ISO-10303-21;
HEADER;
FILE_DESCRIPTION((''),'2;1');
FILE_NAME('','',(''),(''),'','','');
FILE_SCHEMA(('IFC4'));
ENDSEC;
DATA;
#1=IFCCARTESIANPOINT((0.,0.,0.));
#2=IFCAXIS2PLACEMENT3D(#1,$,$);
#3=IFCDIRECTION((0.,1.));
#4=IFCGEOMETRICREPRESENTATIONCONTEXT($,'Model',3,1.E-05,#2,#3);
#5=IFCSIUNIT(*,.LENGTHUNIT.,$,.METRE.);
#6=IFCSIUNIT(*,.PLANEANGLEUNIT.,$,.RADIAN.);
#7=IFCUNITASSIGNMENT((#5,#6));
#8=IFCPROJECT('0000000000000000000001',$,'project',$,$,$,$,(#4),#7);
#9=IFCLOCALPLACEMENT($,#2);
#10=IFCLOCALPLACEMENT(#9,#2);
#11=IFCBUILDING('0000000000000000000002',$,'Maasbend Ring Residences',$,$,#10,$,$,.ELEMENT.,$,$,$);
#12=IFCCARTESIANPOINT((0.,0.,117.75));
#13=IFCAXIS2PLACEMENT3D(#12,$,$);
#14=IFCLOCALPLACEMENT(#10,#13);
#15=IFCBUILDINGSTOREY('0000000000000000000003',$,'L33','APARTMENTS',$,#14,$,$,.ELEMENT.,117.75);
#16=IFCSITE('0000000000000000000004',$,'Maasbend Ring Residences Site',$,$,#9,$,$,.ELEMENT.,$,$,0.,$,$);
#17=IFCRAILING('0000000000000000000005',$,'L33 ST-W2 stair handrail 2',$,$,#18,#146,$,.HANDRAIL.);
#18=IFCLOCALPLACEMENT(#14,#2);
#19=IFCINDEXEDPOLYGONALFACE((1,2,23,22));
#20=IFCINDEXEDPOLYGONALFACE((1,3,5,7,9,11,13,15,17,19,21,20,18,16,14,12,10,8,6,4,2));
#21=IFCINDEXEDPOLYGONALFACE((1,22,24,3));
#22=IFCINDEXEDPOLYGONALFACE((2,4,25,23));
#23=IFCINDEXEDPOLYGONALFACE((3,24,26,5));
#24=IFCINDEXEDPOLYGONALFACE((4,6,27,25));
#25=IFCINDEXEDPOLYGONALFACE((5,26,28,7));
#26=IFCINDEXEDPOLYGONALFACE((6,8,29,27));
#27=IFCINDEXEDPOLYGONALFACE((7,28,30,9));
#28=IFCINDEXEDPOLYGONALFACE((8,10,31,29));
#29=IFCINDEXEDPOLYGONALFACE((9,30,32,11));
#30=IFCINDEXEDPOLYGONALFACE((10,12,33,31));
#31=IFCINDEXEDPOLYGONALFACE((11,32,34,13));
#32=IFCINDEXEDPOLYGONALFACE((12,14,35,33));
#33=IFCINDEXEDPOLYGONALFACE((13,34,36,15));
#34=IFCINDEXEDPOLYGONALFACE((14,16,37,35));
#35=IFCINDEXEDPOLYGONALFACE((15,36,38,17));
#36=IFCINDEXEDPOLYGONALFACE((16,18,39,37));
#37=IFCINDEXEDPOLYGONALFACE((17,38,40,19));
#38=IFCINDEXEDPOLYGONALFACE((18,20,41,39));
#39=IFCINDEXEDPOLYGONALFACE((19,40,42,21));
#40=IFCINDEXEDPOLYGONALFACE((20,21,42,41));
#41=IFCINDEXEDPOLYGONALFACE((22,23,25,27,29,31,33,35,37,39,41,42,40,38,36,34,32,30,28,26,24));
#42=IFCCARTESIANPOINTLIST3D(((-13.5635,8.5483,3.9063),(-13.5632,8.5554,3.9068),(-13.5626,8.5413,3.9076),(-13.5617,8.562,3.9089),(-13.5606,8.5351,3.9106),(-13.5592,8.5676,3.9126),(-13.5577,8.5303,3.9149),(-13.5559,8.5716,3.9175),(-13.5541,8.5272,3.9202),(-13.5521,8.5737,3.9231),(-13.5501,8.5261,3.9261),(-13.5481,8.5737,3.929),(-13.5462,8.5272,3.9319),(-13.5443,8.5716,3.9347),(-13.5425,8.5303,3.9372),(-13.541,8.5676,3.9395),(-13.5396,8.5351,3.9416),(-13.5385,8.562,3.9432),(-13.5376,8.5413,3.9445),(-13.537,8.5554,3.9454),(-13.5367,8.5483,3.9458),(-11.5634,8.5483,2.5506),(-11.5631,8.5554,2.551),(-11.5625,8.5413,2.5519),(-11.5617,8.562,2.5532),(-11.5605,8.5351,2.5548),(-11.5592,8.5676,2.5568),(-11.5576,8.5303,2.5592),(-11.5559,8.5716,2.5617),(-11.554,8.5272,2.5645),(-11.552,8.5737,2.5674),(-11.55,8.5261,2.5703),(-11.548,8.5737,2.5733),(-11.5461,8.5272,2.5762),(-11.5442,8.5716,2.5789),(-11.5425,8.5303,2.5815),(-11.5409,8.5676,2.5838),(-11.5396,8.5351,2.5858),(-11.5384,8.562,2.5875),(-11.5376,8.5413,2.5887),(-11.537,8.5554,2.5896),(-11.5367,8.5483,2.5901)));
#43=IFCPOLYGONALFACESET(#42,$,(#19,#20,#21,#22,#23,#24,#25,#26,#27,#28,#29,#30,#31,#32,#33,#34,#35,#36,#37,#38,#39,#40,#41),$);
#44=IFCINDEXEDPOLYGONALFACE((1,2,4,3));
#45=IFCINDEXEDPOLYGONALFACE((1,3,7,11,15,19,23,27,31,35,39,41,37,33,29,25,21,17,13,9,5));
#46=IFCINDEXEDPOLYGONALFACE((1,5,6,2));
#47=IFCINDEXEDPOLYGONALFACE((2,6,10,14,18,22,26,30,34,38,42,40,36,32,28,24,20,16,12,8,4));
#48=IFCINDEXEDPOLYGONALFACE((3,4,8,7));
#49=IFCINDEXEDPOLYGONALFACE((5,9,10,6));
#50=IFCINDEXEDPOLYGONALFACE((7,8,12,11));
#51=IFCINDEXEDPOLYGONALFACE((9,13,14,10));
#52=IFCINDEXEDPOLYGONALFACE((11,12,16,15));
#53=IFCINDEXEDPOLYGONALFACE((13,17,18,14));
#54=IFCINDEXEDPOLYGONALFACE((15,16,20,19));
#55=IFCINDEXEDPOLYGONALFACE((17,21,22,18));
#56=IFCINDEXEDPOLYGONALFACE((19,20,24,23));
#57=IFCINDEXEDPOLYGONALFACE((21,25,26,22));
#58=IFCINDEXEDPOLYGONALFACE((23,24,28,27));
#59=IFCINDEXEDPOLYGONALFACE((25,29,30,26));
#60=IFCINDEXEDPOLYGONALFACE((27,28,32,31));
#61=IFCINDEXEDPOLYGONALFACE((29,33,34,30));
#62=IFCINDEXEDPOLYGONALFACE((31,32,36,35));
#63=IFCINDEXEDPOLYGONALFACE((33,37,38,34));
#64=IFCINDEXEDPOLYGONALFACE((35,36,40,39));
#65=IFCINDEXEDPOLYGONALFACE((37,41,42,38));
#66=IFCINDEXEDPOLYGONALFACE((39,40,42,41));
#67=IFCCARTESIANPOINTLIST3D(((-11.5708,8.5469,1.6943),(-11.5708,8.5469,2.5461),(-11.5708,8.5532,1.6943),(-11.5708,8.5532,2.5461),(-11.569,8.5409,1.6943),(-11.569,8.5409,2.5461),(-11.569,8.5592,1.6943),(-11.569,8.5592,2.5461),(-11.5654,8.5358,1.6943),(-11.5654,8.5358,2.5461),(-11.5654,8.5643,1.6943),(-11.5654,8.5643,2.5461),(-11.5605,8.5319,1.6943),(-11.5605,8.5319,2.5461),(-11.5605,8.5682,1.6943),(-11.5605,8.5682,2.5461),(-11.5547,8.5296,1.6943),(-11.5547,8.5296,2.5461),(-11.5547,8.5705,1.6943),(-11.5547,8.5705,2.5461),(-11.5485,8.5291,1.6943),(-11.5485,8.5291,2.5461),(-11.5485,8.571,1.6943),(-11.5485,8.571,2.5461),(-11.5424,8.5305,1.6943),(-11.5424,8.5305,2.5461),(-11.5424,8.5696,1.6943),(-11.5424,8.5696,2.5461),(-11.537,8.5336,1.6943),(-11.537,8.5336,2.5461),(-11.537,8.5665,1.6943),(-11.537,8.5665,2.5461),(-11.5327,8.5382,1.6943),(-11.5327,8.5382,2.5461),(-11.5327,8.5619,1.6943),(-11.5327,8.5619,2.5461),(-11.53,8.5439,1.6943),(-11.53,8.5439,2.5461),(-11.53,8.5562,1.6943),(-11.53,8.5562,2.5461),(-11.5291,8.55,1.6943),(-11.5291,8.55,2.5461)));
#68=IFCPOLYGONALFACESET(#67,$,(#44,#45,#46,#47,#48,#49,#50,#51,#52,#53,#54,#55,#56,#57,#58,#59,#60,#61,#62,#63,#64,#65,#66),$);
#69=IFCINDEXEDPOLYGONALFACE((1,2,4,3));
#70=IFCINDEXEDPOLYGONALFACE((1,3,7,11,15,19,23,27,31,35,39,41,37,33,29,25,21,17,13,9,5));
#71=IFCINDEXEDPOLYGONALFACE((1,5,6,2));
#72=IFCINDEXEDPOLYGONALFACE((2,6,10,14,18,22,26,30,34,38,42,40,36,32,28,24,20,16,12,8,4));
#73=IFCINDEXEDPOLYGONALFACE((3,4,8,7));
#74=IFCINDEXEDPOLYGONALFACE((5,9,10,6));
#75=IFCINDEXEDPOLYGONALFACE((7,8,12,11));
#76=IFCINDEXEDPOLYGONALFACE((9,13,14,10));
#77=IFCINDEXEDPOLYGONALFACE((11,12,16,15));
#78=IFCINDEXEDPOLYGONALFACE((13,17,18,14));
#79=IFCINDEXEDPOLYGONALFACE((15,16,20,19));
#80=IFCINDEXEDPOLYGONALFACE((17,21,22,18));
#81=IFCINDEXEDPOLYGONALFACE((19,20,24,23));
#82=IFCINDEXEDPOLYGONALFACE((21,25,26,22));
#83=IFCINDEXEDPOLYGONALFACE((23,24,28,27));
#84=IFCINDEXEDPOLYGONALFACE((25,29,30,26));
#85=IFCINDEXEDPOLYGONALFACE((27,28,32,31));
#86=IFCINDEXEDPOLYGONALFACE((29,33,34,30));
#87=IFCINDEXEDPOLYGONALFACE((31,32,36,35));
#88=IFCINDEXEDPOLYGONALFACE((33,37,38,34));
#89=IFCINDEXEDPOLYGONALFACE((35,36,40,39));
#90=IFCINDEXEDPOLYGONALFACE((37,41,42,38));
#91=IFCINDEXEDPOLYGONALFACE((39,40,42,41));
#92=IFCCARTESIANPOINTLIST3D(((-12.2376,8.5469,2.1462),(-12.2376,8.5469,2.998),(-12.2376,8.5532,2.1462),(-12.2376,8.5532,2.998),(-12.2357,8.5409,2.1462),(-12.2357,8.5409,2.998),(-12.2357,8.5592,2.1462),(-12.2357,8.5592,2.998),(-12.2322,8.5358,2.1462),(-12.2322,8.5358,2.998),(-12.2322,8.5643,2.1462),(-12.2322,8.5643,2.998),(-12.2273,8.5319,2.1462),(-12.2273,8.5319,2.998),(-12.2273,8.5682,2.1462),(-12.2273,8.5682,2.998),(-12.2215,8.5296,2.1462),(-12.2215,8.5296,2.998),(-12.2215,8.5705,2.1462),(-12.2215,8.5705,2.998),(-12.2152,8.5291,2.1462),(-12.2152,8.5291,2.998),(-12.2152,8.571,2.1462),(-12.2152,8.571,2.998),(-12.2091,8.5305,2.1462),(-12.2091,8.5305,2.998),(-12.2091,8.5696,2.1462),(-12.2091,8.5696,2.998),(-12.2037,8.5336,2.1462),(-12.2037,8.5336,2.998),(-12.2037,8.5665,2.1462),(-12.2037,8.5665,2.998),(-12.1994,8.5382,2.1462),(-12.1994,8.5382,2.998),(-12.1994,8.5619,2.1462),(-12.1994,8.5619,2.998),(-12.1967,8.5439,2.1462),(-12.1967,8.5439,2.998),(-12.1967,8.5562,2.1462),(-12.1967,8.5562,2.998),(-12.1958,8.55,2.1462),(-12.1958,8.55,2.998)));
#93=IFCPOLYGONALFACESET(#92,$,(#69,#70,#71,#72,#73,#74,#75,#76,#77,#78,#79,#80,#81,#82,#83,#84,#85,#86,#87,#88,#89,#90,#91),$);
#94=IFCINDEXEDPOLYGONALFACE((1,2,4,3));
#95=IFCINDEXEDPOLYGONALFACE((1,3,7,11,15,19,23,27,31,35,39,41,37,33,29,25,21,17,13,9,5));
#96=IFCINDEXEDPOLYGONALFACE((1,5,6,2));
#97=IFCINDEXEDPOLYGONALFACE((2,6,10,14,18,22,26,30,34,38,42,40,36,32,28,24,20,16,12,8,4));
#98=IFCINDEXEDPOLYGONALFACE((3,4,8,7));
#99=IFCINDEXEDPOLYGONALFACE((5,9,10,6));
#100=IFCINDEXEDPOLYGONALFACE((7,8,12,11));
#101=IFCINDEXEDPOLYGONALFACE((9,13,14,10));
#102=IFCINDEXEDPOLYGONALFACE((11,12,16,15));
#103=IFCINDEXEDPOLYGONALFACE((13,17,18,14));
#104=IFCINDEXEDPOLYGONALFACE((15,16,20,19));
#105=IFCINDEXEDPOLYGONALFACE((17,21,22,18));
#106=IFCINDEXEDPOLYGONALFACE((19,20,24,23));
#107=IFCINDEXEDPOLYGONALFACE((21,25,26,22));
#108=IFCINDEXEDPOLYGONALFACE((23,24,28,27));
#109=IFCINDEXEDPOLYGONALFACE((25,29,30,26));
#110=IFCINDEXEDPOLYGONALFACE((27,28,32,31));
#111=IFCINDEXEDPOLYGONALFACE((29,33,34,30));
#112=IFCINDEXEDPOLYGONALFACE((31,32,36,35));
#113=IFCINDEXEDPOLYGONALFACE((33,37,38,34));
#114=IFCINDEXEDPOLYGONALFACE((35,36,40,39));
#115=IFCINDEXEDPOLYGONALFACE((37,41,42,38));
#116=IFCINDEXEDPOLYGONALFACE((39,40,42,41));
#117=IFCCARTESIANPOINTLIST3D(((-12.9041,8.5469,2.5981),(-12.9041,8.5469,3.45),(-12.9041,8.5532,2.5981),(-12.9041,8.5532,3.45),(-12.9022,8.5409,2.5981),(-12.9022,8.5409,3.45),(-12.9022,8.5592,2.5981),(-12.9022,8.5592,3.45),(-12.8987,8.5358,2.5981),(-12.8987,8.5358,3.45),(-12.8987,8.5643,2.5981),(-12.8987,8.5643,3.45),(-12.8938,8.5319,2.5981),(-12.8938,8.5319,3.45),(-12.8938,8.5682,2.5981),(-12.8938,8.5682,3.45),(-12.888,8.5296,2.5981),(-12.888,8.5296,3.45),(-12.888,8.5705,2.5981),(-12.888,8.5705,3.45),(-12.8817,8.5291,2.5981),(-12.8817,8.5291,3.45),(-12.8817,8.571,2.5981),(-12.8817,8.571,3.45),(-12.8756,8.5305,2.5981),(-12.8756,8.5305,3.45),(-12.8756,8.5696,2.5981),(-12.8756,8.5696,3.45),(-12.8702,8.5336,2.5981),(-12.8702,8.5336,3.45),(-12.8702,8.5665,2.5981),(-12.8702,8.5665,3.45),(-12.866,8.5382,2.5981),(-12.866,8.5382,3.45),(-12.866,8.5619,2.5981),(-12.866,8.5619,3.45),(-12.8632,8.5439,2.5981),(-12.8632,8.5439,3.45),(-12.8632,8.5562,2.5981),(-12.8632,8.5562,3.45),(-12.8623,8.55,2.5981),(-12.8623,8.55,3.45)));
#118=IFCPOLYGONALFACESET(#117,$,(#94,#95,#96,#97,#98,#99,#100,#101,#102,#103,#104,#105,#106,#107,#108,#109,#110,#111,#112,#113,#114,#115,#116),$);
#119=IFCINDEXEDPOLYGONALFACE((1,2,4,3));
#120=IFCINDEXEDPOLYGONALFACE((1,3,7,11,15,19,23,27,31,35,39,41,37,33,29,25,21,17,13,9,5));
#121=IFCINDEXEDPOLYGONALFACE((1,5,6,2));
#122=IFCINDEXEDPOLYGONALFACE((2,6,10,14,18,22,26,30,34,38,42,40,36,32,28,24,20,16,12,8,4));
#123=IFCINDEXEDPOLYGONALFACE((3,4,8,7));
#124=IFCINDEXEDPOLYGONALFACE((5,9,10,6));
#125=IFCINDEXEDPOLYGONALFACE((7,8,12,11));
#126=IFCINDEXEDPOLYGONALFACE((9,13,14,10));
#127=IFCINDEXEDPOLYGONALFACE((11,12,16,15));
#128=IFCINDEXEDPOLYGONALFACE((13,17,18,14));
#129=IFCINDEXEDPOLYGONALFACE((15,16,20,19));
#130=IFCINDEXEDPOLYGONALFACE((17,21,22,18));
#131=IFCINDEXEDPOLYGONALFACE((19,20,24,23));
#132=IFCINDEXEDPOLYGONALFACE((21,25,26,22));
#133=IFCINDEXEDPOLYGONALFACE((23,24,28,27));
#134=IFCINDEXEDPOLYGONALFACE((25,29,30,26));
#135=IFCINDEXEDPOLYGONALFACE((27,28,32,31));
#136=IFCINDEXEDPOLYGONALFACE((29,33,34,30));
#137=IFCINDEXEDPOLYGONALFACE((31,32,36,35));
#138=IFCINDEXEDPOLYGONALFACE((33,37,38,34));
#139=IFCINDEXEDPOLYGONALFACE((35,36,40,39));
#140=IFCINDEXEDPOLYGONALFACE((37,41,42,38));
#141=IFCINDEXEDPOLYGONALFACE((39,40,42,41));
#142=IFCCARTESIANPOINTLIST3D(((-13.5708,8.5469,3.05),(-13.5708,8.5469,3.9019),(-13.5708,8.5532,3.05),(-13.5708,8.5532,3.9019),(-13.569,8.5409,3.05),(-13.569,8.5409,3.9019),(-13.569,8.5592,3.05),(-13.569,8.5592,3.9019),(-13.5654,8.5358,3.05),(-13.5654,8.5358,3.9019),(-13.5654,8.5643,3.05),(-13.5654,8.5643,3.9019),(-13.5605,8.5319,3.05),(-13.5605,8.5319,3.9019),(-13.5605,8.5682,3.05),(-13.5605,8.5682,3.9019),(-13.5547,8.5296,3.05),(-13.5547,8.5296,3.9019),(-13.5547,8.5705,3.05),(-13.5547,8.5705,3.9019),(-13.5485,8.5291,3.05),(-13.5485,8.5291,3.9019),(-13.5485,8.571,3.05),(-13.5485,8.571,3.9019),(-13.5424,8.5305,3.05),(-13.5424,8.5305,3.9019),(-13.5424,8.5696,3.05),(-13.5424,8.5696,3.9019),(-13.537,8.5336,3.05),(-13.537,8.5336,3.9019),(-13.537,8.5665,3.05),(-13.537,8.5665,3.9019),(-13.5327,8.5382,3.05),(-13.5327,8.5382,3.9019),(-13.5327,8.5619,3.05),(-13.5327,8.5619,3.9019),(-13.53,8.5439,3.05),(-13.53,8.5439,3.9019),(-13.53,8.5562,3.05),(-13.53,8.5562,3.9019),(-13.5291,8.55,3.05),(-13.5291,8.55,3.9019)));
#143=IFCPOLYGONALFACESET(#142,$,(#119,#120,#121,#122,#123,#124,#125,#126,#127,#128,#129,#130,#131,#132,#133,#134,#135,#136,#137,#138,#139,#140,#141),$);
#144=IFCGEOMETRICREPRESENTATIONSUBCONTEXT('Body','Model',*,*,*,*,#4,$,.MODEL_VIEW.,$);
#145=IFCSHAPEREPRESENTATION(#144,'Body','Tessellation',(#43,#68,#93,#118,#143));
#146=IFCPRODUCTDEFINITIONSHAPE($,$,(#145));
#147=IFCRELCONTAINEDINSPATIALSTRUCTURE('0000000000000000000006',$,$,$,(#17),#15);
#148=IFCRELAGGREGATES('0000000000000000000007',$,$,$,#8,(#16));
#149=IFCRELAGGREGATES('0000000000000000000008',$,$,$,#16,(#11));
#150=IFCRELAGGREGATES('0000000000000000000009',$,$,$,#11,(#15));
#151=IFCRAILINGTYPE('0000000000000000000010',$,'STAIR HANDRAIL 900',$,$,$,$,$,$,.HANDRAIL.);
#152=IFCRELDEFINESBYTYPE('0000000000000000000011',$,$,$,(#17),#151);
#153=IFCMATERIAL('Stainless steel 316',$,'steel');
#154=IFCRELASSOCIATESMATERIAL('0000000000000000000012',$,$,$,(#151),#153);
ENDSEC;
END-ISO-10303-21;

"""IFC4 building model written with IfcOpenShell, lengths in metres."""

from ifc_helpers import new_model, si_unit, direction, frame, origin, origin_2d, place, context, subcontext, project, spatial, circle, extrude, material, type_object, element, save


model = new_model("IFC4")

# Units and contexts
model_context = context("Model", 3, precision=1e-05, world=origin(), true_north=direction((0.0, 1.0)))
body_context = subcontext(model_context, "Body", "Model", "MODEL_VIEW")
ifc_project = project(units=[si_unit("LENGTHUNIT", "METRE"), si_unit("PLANEANGLEUNIT", "RADIAN")], contexts=[model_context])

# Site, building, storey
site_placement = place(None, origin())
site = spatial("IfcSite", under=ifc_project, at=site_placement, Name="Maasbend Ring Residences Site", CompositionType="ELEMENT", RefElevation=0.0)
building_placement = place(site_placement, origin())
building = spatial("IfcBuilding", under=site, at=building_placement, Name="Maasbend Ring Residences", CompositionType="ELEMENT")
storey_placement = place(building_placement, frame((0.0, 0.0, 117.75)))
storey = spatial("IfcBuildingStorey", under=building, at=storey_placement, Name="L33", Description="APARTMENTS", CompositionType="ELEMENT", Elevation=117.75)

# Railing
ifc_material_1 = material(Name="Stainless steel 316", Category="steel")
railing_type_1 = type_object("IfcRailingType", Name="STAIR HANDRAIL 900", PredefinedType="HANDRAIL", material=ifc_material_1)
railing_1_placement = place(storey_placement, frame((-11.55, 8.55, 1.6943)))
element("IfcRailing", 1, at=railing_1_placement, inside=storey, type_object=railing_type_1, Name="L33 ST-W2 stair handrail 2", PredefinedType="HANDRAIL", context=body_context, shape_type="SweptSolid", body=[
    extrude(circle(Radius=0.0239, at=origin_2d()), frame((0.0, 0.0, 0.876), z_axis=(-0.827751, 0.0, 0.561096), x_axis=(0.0, -1.0, 0.0)), (0.0, 0.0, 1.0), 2.4163),
    extrude(circle(Radius=0.021, at=origin_2d()), origin(), (0.0, 0.0, 1.0), 0.8518),
    extrude(circle(Radius=0.021, at=origin_2d()), frame((-0.6667, 0.0, 0.4519)), (0.0, 0.0, 1.0), 0.8518),
    extrude(circle(Radius=0.021, at=origin_2d()), frame((-1.3333, 0.0, 0.9038)), (0.0, 0.0, 1.0), 0.8518),
    extrude(circle(Radius=0.021, at=origin_2d()), frame((-2.0, 0.0, 1.3557)), (0.0, 0.0, 1.0), 0.8518),
])

save(model, "model.ifc")
